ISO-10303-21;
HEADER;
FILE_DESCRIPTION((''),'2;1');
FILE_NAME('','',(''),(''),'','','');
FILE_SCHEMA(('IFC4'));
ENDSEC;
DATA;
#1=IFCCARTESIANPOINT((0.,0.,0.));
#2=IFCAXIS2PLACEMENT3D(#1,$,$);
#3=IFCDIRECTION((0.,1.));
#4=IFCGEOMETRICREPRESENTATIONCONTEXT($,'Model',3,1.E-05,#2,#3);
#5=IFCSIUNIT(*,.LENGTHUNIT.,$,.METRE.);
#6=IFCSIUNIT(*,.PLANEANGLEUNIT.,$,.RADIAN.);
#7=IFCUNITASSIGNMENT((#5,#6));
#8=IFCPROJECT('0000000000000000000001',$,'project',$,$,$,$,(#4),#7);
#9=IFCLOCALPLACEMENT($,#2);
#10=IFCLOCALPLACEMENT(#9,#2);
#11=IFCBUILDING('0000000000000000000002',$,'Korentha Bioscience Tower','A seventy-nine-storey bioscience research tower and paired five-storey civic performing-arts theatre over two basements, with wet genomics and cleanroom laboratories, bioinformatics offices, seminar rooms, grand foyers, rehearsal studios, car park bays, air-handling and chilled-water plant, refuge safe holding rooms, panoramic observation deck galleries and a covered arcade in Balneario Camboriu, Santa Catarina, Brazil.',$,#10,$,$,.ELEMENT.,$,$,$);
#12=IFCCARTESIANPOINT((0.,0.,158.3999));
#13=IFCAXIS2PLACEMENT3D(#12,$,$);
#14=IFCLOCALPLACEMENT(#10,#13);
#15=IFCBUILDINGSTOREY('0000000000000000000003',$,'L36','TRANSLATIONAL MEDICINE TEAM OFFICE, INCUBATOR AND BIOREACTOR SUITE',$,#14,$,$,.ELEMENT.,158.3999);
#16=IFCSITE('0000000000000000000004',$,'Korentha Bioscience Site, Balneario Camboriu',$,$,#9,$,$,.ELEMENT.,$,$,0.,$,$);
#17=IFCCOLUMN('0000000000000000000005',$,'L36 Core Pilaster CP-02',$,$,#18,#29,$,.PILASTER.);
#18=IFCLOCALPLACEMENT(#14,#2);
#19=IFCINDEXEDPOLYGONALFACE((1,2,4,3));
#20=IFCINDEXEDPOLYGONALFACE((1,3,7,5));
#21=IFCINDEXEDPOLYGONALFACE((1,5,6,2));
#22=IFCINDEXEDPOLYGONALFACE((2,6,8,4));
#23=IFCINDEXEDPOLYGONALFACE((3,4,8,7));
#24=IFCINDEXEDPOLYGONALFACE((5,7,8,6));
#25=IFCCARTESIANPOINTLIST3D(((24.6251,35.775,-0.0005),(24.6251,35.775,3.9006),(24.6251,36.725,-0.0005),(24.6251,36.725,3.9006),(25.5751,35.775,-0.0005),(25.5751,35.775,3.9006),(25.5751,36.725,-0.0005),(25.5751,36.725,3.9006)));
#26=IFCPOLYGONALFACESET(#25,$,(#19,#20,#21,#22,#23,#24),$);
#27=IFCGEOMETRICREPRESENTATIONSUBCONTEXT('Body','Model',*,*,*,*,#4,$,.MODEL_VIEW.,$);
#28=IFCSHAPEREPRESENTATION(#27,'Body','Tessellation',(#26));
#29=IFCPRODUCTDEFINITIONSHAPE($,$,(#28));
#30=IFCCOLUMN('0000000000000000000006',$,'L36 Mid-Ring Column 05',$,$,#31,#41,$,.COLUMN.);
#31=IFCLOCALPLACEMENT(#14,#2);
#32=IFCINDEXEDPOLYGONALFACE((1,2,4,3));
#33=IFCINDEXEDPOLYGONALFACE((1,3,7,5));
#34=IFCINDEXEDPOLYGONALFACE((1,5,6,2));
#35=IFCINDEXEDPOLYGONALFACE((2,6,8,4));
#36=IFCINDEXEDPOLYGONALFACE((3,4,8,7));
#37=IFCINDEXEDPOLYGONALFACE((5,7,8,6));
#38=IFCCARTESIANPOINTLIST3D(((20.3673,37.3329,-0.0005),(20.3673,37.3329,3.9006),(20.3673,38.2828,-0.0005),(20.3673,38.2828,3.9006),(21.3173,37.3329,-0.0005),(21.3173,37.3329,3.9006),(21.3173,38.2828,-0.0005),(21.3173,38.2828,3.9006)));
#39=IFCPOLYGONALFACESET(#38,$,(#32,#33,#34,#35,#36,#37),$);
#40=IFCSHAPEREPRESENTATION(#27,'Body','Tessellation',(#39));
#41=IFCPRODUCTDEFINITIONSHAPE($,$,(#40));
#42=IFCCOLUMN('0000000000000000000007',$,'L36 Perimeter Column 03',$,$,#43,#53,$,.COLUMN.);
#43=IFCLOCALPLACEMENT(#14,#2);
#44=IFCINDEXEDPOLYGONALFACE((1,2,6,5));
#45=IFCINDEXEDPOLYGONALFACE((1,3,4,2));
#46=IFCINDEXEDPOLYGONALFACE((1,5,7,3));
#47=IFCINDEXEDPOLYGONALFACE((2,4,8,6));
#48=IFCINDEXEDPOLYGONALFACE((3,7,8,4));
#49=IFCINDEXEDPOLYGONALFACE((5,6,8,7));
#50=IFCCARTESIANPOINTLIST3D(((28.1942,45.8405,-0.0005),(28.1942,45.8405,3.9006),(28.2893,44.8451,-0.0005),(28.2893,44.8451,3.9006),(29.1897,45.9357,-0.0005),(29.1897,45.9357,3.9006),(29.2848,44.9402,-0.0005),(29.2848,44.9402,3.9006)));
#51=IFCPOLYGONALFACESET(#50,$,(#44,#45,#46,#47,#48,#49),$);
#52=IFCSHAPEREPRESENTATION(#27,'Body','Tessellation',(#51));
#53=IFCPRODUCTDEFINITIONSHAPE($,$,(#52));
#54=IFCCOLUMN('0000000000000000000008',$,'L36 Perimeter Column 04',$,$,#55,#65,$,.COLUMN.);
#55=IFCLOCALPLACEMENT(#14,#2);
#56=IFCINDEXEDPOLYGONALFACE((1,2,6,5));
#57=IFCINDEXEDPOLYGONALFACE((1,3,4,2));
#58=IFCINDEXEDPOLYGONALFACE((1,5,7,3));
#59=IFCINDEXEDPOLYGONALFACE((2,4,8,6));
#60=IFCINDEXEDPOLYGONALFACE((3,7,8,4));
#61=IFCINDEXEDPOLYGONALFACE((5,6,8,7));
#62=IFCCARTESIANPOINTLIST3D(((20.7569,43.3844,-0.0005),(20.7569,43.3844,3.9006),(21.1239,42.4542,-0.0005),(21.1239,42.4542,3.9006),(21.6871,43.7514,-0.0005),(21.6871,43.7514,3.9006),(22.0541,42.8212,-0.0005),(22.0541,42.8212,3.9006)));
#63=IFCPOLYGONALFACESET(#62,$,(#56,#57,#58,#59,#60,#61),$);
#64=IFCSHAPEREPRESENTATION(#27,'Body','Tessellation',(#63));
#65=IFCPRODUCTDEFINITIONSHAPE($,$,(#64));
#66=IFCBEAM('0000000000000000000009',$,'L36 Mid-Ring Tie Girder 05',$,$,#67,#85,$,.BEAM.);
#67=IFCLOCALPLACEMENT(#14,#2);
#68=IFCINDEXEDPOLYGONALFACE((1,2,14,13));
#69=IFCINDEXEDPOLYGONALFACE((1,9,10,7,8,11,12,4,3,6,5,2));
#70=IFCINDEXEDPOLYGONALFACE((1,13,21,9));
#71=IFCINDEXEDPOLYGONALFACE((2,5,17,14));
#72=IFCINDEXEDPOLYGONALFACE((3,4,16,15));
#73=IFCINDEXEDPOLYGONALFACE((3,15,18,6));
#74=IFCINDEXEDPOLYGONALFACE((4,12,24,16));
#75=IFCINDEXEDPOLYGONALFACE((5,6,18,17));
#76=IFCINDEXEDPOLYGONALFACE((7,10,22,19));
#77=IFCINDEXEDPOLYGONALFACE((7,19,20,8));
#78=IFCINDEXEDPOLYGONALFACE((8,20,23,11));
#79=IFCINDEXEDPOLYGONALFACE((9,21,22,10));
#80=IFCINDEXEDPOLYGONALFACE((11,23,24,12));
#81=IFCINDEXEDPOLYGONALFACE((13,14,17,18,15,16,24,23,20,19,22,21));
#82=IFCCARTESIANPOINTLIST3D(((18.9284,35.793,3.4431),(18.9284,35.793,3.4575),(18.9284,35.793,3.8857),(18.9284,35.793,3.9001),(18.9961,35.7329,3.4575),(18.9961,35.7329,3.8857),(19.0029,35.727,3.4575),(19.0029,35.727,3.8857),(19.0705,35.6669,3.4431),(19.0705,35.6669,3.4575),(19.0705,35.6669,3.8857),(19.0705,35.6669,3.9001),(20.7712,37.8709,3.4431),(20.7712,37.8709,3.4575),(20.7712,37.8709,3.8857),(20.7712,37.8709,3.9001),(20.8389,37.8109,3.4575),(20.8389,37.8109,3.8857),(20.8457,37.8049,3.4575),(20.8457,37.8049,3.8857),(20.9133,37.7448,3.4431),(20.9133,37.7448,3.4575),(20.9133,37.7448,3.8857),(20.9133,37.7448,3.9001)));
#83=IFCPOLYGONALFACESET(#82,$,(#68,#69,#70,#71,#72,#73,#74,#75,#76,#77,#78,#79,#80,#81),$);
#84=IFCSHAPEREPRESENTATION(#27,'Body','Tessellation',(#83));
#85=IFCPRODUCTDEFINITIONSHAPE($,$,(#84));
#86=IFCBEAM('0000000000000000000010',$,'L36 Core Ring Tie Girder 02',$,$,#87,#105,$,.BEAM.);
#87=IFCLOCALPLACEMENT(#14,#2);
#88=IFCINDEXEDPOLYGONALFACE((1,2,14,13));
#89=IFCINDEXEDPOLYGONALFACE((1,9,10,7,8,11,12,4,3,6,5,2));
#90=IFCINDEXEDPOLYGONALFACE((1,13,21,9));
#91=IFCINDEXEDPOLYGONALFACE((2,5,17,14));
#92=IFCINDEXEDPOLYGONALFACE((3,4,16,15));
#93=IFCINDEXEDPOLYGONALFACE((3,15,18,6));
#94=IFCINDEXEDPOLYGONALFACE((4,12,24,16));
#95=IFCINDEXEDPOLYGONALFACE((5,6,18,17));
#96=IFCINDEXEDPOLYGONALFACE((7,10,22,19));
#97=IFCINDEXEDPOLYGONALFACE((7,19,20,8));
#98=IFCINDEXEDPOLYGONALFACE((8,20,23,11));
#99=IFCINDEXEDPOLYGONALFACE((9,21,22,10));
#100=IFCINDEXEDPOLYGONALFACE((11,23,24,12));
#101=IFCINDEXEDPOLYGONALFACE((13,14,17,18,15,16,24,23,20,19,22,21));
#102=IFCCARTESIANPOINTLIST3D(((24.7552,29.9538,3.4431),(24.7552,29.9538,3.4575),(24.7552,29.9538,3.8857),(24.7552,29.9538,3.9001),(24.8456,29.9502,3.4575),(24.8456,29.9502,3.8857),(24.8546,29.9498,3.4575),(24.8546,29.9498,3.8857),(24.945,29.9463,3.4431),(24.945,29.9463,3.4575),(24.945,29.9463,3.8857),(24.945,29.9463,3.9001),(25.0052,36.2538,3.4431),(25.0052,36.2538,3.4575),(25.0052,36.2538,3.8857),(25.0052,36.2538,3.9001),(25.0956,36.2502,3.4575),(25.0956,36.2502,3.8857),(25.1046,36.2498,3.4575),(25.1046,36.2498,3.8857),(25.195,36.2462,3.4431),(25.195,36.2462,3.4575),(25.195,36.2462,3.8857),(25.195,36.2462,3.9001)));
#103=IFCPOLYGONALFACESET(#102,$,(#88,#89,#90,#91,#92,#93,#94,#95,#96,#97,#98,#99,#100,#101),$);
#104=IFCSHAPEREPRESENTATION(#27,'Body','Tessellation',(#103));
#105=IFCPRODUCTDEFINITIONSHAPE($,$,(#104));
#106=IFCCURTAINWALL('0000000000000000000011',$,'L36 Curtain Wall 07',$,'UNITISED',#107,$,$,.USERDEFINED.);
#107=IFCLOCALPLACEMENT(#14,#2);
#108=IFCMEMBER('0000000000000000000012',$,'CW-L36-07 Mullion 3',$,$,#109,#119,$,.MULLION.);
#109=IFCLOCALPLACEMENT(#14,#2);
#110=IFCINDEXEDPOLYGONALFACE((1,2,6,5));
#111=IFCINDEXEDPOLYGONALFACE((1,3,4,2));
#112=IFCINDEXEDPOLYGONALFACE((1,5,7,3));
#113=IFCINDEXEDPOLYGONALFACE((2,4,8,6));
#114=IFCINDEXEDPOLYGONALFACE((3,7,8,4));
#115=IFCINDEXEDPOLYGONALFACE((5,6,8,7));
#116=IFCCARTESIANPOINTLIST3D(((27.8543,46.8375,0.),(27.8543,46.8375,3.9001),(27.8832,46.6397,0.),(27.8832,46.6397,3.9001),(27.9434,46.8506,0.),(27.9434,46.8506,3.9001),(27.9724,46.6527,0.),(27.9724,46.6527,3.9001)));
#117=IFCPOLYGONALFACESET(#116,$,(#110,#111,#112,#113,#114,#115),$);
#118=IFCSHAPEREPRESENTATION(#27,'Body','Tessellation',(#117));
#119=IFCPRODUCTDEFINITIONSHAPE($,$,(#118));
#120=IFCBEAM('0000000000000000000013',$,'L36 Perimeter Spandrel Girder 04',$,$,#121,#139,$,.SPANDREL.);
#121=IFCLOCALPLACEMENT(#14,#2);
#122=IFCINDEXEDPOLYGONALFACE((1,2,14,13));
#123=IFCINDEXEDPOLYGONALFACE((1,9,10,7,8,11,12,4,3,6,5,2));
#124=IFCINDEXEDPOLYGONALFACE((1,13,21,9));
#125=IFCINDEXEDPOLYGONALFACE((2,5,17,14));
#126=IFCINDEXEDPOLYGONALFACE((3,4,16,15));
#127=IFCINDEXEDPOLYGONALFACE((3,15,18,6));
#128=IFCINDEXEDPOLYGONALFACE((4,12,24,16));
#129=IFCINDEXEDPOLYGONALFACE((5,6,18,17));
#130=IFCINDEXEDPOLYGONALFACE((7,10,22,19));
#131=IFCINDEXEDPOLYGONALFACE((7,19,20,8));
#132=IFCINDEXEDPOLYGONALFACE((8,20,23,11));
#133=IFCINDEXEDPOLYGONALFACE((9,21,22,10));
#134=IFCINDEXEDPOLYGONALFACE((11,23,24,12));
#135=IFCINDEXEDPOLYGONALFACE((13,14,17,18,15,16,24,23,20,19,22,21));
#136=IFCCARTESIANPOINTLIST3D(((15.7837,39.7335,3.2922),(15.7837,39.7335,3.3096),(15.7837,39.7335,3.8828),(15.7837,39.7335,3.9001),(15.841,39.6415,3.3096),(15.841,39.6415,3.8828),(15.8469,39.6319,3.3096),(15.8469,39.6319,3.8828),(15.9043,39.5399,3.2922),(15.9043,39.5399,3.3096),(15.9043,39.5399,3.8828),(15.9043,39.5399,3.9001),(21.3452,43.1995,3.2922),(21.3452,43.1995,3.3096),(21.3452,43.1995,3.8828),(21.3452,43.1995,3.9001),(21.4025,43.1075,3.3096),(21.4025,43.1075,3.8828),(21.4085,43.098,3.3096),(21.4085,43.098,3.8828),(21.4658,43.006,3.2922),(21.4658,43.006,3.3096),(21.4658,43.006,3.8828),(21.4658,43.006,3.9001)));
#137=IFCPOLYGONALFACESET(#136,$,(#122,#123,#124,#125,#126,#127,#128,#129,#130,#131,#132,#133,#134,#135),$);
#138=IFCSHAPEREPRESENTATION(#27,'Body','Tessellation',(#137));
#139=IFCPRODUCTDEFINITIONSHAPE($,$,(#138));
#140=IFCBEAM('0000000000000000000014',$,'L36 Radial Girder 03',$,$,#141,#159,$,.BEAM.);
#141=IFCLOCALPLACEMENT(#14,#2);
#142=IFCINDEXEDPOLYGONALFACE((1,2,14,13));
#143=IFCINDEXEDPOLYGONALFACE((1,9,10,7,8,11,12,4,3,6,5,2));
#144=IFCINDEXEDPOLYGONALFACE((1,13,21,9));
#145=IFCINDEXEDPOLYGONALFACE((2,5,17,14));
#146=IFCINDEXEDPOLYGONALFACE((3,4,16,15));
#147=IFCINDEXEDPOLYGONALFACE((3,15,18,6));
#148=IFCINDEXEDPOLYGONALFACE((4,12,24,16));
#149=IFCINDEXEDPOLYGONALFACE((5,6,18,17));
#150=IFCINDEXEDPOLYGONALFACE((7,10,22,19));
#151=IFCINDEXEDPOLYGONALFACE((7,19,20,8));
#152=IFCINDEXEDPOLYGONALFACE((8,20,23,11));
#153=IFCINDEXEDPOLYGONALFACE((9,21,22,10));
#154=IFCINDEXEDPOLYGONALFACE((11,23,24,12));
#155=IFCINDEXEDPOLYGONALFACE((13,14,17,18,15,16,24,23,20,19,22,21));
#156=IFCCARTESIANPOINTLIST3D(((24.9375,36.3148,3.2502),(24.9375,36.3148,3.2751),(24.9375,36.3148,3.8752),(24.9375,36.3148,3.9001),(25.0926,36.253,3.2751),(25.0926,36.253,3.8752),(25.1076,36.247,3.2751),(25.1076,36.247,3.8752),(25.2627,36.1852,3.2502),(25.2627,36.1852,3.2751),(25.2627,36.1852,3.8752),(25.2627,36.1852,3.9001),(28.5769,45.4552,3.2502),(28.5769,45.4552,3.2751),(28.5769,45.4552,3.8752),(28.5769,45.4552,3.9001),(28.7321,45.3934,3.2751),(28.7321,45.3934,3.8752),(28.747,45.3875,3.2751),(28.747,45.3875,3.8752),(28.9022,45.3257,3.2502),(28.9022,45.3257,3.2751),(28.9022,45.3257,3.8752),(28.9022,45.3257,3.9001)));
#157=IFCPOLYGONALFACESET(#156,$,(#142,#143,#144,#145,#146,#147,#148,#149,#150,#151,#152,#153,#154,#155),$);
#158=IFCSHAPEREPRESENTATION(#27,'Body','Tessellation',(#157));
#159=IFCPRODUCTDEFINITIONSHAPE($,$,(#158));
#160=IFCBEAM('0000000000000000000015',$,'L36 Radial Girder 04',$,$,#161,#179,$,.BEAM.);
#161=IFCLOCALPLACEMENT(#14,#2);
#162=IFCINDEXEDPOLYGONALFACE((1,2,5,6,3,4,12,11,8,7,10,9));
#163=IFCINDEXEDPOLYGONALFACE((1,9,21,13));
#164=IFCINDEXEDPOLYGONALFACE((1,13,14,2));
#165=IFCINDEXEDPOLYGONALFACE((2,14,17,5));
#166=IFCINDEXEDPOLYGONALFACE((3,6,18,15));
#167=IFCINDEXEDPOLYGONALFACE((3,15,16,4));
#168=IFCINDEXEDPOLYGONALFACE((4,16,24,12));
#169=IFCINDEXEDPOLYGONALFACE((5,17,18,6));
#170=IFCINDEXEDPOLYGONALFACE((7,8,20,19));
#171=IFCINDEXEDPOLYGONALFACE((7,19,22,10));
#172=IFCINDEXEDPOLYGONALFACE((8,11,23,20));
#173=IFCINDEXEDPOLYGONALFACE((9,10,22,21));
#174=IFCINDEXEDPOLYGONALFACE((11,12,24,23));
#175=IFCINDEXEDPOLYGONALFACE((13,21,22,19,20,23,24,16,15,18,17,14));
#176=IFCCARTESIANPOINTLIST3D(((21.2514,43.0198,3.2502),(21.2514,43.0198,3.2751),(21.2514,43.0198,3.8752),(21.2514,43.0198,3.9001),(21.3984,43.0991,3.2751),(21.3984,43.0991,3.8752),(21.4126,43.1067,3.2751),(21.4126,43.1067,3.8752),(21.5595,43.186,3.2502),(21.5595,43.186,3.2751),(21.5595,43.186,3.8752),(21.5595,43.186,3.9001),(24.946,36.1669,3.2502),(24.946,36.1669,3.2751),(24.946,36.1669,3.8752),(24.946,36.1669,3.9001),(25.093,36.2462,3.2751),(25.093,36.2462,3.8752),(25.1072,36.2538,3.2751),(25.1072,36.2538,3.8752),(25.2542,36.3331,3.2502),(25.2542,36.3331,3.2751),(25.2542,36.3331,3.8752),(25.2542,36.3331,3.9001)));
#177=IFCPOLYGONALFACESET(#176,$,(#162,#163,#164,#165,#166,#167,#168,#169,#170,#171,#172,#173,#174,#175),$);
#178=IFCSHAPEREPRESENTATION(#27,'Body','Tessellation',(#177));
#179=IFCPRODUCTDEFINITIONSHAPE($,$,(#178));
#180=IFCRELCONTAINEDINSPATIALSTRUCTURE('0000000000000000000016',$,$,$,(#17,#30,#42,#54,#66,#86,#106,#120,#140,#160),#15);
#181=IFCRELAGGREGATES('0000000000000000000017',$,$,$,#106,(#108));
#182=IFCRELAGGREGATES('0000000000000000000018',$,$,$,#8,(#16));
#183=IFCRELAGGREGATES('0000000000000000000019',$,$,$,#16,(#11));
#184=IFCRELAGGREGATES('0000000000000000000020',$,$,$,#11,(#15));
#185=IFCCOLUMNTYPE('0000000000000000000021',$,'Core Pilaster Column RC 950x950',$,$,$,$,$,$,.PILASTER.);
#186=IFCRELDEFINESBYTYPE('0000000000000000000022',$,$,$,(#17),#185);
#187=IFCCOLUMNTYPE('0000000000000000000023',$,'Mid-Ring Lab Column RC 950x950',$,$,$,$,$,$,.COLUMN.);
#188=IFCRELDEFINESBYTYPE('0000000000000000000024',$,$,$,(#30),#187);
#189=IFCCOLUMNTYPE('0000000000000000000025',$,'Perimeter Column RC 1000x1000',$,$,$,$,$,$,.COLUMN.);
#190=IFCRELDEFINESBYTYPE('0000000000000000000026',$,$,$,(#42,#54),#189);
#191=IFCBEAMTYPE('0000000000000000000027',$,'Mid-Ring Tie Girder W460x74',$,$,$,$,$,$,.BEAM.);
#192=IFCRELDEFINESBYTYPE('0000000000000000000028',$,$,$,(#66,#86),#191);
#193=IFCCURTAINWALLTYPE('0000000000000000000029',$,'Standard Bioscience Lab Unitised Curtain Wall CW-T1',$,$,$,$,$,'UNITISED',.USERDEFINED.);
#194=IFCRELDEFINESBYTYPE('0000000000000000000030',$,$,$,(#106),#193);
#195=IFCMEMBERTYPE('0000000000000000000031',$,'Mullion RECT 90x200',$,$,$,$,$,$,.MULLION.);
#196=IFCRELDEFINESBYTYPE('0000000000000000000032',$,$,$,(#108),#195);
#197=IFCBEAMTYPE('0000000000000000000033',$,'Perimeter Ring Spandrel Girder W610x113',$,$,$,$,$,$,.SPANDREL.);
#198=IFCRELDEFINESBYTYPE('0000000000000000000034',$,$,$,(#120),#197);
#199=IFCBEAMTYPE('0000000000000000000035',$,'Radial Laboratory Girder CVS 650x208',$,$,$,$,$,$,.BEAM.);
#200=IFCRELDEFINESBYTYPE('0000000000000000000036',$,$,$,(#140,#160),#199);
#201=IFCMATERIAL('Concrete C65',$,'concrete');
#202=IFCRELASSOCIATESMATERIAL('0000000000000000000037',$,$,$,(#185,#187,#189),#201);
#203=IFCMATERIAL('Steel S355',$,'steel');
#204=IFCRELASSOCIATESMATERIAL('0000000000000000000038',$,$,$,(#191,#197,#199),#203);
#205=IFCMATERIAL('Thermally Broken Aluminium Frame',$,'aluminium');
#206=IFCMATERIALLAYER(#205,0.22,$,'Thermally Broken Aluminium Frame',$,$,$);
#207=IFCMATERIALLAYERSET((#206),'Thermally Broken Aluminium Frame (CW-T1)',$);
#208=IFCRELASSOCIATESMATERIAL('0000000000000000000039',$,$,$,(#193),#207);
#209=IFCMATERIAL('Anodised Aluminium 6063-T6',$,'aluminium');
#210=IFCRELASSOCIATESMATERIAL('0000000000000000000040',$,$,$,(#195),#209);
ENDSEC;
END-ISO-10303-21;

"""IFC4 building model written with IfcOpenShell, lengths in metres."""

from ifc_helpers import new_model, si_unit, direction, frame, origin, origin_2d, place, context, subcontext, project, spatial, rectangle, i_section, extrude, material, layer, layer_set, material_profile, profile_set, type_object, element, aggregate, save


model = new_model("IFC4")

# Units and contexts
model_context = context("Model", 3, precision=1e-05, world=origin(), true_north=direction((0.0, 1.0)))
body_context = subcontext(model_context, "Body", "Model", "MODEL_VIEW")
ifc_project = project(units=[si_unit("LENGTHUNIT", "METRE"), si_unit("PLANEANGLEUNIT", "RADIAN")], contexts=[model_context])

# Site, building, storey
site_placement = place(None, origin())
site = spatial("IfcSite", under=ifc_project, at=site_placement, Name="Korentha Bioscience Site, Balneario Camboriu", CompositionType="ELEMENT", RefElevation=0.0)
building_placement = place(site_placement, origin())
building = spatial("IfcBuilding", under=site, at=building_placement, Name="Korentha Bioscience Tower", Description="A seventy-nine-storey bioscience research tower and paired five-storey civic performing-arts theatre over two basements, with wet genomics and cleanroom laboratories, bioinformatics offices, seminar rooms, grand foyers, rehearsal studios, car park bays, air-handling and chilled-water plant, refuge safe holding rooms, panoramic observation deck galleries and a covered arcade in Balneario Camboriu, Santa Catarina, Brazil.", CompositionType="ELEMENT")
storey_placement = place(building_placement, frame((0.0, 0.0, 158.3999)))
storey = spatial("IfcBuildingStorey", under=building, at=storey_placement, Name="L36", Description="TRANSLATIONAL MEDICINE TEAM OFFICE, INCUBATOR AND BIOREACTOR SUITE", CompositionType="ELEMENT", Elevation=158.3999)

# Columns
ifc_material_1 = material(Name="Concrete C65", Category="concrete")
ifc_material_profile_1 = material_profile(ifc_material_1, rectangle(XDim=0.95, YDim=0.95, at=origin_2d()), Name="Concrete C65")
ifc_profile_set_1 = profile_set([ifc_material_profile_1], Name="Concrete C65 (COL-CP09)")
column_type_1 = type_object("IfcColumnType", Name="Core Pilaster Column RC 950x950", PredefinedType="PILASTER", material=ifc_profile_set_1)
column_1_placement = place(storey_placement, frame((25.1001, 36.25, -0.0005), z_axis=(0.0, 0.0, 1.0), x_axis=(1.0, 0.0, 0.0)))
element("IfcColumn", 1, at=column_1_placement, inside=storey, type_object=column_type_1, Name="L36 Core Pilaster CP-02", PredefinedType="PILASTER", context=body_context, shape_type="SweptSolid", body=[
    extrude(rectangle(XDim=0.95, YDim=0.95, at=origin_2d()), origin(), (0.0, 0.0, 1.0), 3.9011),
])
ifc_material_profile_2 = material_profile(ifc_material_1, rectangle(XDim=0.95, YDim=0.95, at=origin_2d()), Name="Concrete C65")
ifc_profile_set_2 = profile_set([ifc_material_profile_2], Name="Concrete C65 (COL-MR09)")
column_type_2 = type_object("IfcColumnType", Name="Mid-Ring Lab Column RC 950x950", PredefinedType="COLUMN", material=ifc_profile_set_2)
column_2_placement = place(storey_placement, frame((20.8423, 37.8079, -0.0005), z_axis=(0.0, 0.0, 1.0), x_axis=(1.0, 0.0, 0.0)))
element("IfcColumn", 2, at=column_2_placement, inside=storey, type_object=column_type_2, Name="L36 Mid-Ring Column 05", PredefinedType="COLUMN", context=body_context, shape_type="SweptSolid", body=[
    extrude(rectangle(XDim=0.95, YDim=0.95, at=origin_2d()), origin(), (0.0, 0.0, 1.0), 3.9011),
])
ifc_material_profile_3 = material_profile(ifc_material_1, rectangle(XDim=1.0, YDim=1.0, at=origin_2d()), Name="Concrete C65")
ifc_profile_set_3 = profile_set([ifc_material_profile_3], Name="Concrete C65 (COL-P10)")
column_type_3 = type_object("IfcColumnType", Name="Perimeter Column RC 1000x1000", PredefinedType="COLUMN", material=ifc_profile_set_3)
for number, where, z_axis, x_axis, name in (
    (3, (28.7395, 45.3904, -0.0005), (0.0, 0.0, 1.0), (0.995463, 0.095151, 0.0), "L36 Perimeter Column 03"),
    (4, (21.4055, 43.1028, -0.0005), (0.0, 0.0, 1.0), (0.930226, 0.366988, 0.0), "L36 Perimeter Column 04"),
):
    element("IfcColumn", number, at=place(storey_placement, frame(where, z_axis=z_axis, x_axis=x_axis)), inside=storey, type_object=column_type_3, Name=name, PredefinedType="COLUMN", context=body_context, shape_type="SweptSolid", body=[
        extrude(rectangle(XDim=1.0, YDim=1.0, at=origin_2d()), origin(), (0.0, 0.0, 1.0), 3.9011),
    ])

# Beams
ifc_material_2 = material(Name="Steel S355", Category="steel")
ifc_material_profile_4 = material_profile(ifc_material_2, i_section(OverallWidth=0.1899, OverallDepth=0.457, WebThickness=0.009, FlangeThickness=0.0144, at=origin_2d()), Name="Steel S355")
ifc_profile_set_4 = profile_set([ifc_material_profile_4], Name="Steel S355 (MB-460)")
beam_type_1 = type_object("IfcBeamType", Name="Mid-Ring Tie Girder W460x74", PredefinedType="BEAM", material=ifc_profile_set_4)
beam_1_placement = place(storey_placement, frame((20.8423, 37.8079, 3.6716), z_axis=(-0.663512, -0.748165, 0.0), x_axis=(0.748165, -0.663512, 0.0)))
element("IfcBeam", 5, at=beam_1_placement, inside=storey, type_object=beam_type_1, Name="L36 Mid-Ring Tie Girder 05", PredefinedType="BEAM", context=body_context, shape_type="SweptSolid", body=[
    extrude(i_section(OverallWidth=0.1899, OverallDepth=0.457, WebThickness=0.009, FlangeThickness=0.0144, at=origin_2d()), origin(), (0.0, 0.0, 1.0), 2.7773),
])
beam_2_placement = place(storey_placement, frame((25.1001, 36.25, 3.6716), z_axis=(-0.039651, -0.999214, 0.0), x_axis=(0.999214, -0.039651, 0.0)))
element("IfcBeam", 6, at=beam_2_placement, inside=storey, type_object=beam_type_1, Name="L36 Core Ring Tie Girder 02", PredefinedType="BEAM", context=body_context, shape_type="SweptSolid", body=[
    extrude(i_section(OverallWidth=0.1899, OverallDepth=0.457, WebThickness=0.009, FlangeThickness=0.0144, at=origin_2d()), origin(), (0.0, 0.0, 1.0), 6.3049),
])

# Curtain wall, member
ifc_material_3 = material(Name="Thermally Broken Aluminium Frame", Category="aluminium")
ifc_layer_1 = layer(ifc_material_3, 0.22, Name="Thermally Broken Aluminium Frame")
ifc_layer_set_1 = layer_set([ifc_layer_1], Name="Thermally Broken Aluminium Frame (CW-T1)")
curtain_wall_type = type_object("IfcCurtainWallType", Name="Standard Bioscience Lab Unitised Curtain Wall CW-T1", ElementType="UNITISED", PredefinedType="USERDEFINED", material=ifc_layer_set_1)
curtain_wall_placement = place(storey_placement, origin())
curtain_wall = element("IfcCurtainWall", 7, at=curtain_wall_placement, inside=storey, type_object=curtain_wall_type, Name="L36 Curtain Wall 07", ObjectType="UNITISED", PredefinedType="USERDEFINED")
ifc_material_4 = material(Name="Anodised Aluminium 6063-T6", Category="aluminium")
ifc_material_profile_5 = material_profile(ifc_material_4, rectangle(XDim=0.0901, YDim=0.2, at=origin_2d()), Name="Anodised Aluminium 6063-T6")
ifc_profile_set_5 = profile_set([ifc_material_profile_5], Name="Anodised Aluminium 6063-T6 (CW-MUL)")
member_type = type_object("IfcMemberType", Name="Mullion RECT 90x200", PredefinedType="MULLION", material=ifc_profile_set_5)
member_placement = place(storey_placement, frame((27.9133, 46.7451, 0.0), z_axis=(0.0, 0.0, 1.0), x_axis=(-0.989462, -0.144793, 0.0)))
member = element("IfcMember", 8, at=member_placement, type_object=member_type, Name="CW-L36-07 Mullion 3", PredefinedType="MULLION", context=body_context, shape_type="SweptSolid", body=[
    extrude(rectangle(XDim=0.0901, YDim=0.2, at=origin_2d()), origin(), (0.0, 0.0, 1.0), 3.9001),
])

# Beams
ifc_material_profile_6 = material_profile(ifc_material_2, i_section(OverallWidth=0.228, OverallDepth=0.6079, WebThickness=0.0112, FlangeThickness=0.0173, at=origin_2d()), Name="Steel S355")
ifc_profile_set_6 = profile_set([ifc_material_profile_6], Name="Steel S355 (SB-610)")
beam_type_2 = type_object("IfcBeamType", Name="Perimeter Ring Spandrel Girder W610x113", PredefinedType="SPANDREL", material=ifc_profile_set_6)
beam_3_placement = place(storey_placement, frame((21.4055, 43.1028, 3.5962), z_axis=(-0.848676, -0.528913, 0.0), x_axis=(0.528913, -0.848676, 0.0)))
element("IfcBeam", 9, at=beam_3_placement, inside=storey, type_object=beam_type_2, Name="L36 Perimeter Spandrel Girder 04", PredefinedType="SPANDREL", context=body_context, shape_type="SweptSolid", body=[
    extrude(i_section(OverallWidth=0.228, OverallDepth=0.6079, WebThickness=0.0112, FlangeThickness=0.0173, at=origin_2d()), origin(), (0.0, 0.0, 1.0), 6.5532),
])
ifc_material_profile_7 = material_profile(ifc_material_2, i_section(OverallWidth=0.3501, OverallDepth=0.6499, WebThickness=0.0161, FlangeThickness=0.0249, at=origin_2d()), Name="Steel S355")
ifc_profile_set_7 = profile_set([ifc_material_profile_7], Name="Steel S355 (RB-650)")
beam_type_3 = type_object("IfcBeamType", Name="Radial Laboratory Girder CVS 650x208", PredefinedType="BEAM", material=ifc_profile_set_7)
beam_4_placement = place(storey_placement, frame((25.1001, 36.25, 3.5752), z_axis=(0.369923, 0.929063, 0.0), x_axis=(-0.929063, 0.369923, 0.0)))
element("IfcBeam", 10, at=beam_4_placement, inside=storey, type_object=beam_type_3, Name="L36 Radial Girder 03", PredefinedType="BEAM", context=body_context, shape_type="SweptSolid", body=[
    extrude(i_section(OverallWidth=0.3501, OverallDepth=0.6499, WebThickness=0.0161, FlangeThickness=0.0249, at=origin_2d()), origin(), (0.0, 0.0, 1.0), 9.8384),
])
beam_5_placement = place(storey_placement, frame((25.1001, 36.25, 3.5752), z_axis=(-0.47456, 0.880223, 0.0), x_axis=(-0.880223, -0.47456, 0.0)))
element("IfcBeam", 11, at=beam_5_placement, inside=storey, type_object=beam_type_3, Name="L36 Radial Girder 04", PredefinedType="BEAM", context=body_context, shape_type="SweptSolid", body=[
    extrude(i_section(OverallWidth=0.3501, OverallDepth=0.6499, WebThickness=0.0161, FlangeThickness=0.0249, at=origin_2d()), origin(), (0.0, 0.0, 1.0), 7.7854),
])

aggregate(curtain_wall, [member])

save(model, "model.ifc")
